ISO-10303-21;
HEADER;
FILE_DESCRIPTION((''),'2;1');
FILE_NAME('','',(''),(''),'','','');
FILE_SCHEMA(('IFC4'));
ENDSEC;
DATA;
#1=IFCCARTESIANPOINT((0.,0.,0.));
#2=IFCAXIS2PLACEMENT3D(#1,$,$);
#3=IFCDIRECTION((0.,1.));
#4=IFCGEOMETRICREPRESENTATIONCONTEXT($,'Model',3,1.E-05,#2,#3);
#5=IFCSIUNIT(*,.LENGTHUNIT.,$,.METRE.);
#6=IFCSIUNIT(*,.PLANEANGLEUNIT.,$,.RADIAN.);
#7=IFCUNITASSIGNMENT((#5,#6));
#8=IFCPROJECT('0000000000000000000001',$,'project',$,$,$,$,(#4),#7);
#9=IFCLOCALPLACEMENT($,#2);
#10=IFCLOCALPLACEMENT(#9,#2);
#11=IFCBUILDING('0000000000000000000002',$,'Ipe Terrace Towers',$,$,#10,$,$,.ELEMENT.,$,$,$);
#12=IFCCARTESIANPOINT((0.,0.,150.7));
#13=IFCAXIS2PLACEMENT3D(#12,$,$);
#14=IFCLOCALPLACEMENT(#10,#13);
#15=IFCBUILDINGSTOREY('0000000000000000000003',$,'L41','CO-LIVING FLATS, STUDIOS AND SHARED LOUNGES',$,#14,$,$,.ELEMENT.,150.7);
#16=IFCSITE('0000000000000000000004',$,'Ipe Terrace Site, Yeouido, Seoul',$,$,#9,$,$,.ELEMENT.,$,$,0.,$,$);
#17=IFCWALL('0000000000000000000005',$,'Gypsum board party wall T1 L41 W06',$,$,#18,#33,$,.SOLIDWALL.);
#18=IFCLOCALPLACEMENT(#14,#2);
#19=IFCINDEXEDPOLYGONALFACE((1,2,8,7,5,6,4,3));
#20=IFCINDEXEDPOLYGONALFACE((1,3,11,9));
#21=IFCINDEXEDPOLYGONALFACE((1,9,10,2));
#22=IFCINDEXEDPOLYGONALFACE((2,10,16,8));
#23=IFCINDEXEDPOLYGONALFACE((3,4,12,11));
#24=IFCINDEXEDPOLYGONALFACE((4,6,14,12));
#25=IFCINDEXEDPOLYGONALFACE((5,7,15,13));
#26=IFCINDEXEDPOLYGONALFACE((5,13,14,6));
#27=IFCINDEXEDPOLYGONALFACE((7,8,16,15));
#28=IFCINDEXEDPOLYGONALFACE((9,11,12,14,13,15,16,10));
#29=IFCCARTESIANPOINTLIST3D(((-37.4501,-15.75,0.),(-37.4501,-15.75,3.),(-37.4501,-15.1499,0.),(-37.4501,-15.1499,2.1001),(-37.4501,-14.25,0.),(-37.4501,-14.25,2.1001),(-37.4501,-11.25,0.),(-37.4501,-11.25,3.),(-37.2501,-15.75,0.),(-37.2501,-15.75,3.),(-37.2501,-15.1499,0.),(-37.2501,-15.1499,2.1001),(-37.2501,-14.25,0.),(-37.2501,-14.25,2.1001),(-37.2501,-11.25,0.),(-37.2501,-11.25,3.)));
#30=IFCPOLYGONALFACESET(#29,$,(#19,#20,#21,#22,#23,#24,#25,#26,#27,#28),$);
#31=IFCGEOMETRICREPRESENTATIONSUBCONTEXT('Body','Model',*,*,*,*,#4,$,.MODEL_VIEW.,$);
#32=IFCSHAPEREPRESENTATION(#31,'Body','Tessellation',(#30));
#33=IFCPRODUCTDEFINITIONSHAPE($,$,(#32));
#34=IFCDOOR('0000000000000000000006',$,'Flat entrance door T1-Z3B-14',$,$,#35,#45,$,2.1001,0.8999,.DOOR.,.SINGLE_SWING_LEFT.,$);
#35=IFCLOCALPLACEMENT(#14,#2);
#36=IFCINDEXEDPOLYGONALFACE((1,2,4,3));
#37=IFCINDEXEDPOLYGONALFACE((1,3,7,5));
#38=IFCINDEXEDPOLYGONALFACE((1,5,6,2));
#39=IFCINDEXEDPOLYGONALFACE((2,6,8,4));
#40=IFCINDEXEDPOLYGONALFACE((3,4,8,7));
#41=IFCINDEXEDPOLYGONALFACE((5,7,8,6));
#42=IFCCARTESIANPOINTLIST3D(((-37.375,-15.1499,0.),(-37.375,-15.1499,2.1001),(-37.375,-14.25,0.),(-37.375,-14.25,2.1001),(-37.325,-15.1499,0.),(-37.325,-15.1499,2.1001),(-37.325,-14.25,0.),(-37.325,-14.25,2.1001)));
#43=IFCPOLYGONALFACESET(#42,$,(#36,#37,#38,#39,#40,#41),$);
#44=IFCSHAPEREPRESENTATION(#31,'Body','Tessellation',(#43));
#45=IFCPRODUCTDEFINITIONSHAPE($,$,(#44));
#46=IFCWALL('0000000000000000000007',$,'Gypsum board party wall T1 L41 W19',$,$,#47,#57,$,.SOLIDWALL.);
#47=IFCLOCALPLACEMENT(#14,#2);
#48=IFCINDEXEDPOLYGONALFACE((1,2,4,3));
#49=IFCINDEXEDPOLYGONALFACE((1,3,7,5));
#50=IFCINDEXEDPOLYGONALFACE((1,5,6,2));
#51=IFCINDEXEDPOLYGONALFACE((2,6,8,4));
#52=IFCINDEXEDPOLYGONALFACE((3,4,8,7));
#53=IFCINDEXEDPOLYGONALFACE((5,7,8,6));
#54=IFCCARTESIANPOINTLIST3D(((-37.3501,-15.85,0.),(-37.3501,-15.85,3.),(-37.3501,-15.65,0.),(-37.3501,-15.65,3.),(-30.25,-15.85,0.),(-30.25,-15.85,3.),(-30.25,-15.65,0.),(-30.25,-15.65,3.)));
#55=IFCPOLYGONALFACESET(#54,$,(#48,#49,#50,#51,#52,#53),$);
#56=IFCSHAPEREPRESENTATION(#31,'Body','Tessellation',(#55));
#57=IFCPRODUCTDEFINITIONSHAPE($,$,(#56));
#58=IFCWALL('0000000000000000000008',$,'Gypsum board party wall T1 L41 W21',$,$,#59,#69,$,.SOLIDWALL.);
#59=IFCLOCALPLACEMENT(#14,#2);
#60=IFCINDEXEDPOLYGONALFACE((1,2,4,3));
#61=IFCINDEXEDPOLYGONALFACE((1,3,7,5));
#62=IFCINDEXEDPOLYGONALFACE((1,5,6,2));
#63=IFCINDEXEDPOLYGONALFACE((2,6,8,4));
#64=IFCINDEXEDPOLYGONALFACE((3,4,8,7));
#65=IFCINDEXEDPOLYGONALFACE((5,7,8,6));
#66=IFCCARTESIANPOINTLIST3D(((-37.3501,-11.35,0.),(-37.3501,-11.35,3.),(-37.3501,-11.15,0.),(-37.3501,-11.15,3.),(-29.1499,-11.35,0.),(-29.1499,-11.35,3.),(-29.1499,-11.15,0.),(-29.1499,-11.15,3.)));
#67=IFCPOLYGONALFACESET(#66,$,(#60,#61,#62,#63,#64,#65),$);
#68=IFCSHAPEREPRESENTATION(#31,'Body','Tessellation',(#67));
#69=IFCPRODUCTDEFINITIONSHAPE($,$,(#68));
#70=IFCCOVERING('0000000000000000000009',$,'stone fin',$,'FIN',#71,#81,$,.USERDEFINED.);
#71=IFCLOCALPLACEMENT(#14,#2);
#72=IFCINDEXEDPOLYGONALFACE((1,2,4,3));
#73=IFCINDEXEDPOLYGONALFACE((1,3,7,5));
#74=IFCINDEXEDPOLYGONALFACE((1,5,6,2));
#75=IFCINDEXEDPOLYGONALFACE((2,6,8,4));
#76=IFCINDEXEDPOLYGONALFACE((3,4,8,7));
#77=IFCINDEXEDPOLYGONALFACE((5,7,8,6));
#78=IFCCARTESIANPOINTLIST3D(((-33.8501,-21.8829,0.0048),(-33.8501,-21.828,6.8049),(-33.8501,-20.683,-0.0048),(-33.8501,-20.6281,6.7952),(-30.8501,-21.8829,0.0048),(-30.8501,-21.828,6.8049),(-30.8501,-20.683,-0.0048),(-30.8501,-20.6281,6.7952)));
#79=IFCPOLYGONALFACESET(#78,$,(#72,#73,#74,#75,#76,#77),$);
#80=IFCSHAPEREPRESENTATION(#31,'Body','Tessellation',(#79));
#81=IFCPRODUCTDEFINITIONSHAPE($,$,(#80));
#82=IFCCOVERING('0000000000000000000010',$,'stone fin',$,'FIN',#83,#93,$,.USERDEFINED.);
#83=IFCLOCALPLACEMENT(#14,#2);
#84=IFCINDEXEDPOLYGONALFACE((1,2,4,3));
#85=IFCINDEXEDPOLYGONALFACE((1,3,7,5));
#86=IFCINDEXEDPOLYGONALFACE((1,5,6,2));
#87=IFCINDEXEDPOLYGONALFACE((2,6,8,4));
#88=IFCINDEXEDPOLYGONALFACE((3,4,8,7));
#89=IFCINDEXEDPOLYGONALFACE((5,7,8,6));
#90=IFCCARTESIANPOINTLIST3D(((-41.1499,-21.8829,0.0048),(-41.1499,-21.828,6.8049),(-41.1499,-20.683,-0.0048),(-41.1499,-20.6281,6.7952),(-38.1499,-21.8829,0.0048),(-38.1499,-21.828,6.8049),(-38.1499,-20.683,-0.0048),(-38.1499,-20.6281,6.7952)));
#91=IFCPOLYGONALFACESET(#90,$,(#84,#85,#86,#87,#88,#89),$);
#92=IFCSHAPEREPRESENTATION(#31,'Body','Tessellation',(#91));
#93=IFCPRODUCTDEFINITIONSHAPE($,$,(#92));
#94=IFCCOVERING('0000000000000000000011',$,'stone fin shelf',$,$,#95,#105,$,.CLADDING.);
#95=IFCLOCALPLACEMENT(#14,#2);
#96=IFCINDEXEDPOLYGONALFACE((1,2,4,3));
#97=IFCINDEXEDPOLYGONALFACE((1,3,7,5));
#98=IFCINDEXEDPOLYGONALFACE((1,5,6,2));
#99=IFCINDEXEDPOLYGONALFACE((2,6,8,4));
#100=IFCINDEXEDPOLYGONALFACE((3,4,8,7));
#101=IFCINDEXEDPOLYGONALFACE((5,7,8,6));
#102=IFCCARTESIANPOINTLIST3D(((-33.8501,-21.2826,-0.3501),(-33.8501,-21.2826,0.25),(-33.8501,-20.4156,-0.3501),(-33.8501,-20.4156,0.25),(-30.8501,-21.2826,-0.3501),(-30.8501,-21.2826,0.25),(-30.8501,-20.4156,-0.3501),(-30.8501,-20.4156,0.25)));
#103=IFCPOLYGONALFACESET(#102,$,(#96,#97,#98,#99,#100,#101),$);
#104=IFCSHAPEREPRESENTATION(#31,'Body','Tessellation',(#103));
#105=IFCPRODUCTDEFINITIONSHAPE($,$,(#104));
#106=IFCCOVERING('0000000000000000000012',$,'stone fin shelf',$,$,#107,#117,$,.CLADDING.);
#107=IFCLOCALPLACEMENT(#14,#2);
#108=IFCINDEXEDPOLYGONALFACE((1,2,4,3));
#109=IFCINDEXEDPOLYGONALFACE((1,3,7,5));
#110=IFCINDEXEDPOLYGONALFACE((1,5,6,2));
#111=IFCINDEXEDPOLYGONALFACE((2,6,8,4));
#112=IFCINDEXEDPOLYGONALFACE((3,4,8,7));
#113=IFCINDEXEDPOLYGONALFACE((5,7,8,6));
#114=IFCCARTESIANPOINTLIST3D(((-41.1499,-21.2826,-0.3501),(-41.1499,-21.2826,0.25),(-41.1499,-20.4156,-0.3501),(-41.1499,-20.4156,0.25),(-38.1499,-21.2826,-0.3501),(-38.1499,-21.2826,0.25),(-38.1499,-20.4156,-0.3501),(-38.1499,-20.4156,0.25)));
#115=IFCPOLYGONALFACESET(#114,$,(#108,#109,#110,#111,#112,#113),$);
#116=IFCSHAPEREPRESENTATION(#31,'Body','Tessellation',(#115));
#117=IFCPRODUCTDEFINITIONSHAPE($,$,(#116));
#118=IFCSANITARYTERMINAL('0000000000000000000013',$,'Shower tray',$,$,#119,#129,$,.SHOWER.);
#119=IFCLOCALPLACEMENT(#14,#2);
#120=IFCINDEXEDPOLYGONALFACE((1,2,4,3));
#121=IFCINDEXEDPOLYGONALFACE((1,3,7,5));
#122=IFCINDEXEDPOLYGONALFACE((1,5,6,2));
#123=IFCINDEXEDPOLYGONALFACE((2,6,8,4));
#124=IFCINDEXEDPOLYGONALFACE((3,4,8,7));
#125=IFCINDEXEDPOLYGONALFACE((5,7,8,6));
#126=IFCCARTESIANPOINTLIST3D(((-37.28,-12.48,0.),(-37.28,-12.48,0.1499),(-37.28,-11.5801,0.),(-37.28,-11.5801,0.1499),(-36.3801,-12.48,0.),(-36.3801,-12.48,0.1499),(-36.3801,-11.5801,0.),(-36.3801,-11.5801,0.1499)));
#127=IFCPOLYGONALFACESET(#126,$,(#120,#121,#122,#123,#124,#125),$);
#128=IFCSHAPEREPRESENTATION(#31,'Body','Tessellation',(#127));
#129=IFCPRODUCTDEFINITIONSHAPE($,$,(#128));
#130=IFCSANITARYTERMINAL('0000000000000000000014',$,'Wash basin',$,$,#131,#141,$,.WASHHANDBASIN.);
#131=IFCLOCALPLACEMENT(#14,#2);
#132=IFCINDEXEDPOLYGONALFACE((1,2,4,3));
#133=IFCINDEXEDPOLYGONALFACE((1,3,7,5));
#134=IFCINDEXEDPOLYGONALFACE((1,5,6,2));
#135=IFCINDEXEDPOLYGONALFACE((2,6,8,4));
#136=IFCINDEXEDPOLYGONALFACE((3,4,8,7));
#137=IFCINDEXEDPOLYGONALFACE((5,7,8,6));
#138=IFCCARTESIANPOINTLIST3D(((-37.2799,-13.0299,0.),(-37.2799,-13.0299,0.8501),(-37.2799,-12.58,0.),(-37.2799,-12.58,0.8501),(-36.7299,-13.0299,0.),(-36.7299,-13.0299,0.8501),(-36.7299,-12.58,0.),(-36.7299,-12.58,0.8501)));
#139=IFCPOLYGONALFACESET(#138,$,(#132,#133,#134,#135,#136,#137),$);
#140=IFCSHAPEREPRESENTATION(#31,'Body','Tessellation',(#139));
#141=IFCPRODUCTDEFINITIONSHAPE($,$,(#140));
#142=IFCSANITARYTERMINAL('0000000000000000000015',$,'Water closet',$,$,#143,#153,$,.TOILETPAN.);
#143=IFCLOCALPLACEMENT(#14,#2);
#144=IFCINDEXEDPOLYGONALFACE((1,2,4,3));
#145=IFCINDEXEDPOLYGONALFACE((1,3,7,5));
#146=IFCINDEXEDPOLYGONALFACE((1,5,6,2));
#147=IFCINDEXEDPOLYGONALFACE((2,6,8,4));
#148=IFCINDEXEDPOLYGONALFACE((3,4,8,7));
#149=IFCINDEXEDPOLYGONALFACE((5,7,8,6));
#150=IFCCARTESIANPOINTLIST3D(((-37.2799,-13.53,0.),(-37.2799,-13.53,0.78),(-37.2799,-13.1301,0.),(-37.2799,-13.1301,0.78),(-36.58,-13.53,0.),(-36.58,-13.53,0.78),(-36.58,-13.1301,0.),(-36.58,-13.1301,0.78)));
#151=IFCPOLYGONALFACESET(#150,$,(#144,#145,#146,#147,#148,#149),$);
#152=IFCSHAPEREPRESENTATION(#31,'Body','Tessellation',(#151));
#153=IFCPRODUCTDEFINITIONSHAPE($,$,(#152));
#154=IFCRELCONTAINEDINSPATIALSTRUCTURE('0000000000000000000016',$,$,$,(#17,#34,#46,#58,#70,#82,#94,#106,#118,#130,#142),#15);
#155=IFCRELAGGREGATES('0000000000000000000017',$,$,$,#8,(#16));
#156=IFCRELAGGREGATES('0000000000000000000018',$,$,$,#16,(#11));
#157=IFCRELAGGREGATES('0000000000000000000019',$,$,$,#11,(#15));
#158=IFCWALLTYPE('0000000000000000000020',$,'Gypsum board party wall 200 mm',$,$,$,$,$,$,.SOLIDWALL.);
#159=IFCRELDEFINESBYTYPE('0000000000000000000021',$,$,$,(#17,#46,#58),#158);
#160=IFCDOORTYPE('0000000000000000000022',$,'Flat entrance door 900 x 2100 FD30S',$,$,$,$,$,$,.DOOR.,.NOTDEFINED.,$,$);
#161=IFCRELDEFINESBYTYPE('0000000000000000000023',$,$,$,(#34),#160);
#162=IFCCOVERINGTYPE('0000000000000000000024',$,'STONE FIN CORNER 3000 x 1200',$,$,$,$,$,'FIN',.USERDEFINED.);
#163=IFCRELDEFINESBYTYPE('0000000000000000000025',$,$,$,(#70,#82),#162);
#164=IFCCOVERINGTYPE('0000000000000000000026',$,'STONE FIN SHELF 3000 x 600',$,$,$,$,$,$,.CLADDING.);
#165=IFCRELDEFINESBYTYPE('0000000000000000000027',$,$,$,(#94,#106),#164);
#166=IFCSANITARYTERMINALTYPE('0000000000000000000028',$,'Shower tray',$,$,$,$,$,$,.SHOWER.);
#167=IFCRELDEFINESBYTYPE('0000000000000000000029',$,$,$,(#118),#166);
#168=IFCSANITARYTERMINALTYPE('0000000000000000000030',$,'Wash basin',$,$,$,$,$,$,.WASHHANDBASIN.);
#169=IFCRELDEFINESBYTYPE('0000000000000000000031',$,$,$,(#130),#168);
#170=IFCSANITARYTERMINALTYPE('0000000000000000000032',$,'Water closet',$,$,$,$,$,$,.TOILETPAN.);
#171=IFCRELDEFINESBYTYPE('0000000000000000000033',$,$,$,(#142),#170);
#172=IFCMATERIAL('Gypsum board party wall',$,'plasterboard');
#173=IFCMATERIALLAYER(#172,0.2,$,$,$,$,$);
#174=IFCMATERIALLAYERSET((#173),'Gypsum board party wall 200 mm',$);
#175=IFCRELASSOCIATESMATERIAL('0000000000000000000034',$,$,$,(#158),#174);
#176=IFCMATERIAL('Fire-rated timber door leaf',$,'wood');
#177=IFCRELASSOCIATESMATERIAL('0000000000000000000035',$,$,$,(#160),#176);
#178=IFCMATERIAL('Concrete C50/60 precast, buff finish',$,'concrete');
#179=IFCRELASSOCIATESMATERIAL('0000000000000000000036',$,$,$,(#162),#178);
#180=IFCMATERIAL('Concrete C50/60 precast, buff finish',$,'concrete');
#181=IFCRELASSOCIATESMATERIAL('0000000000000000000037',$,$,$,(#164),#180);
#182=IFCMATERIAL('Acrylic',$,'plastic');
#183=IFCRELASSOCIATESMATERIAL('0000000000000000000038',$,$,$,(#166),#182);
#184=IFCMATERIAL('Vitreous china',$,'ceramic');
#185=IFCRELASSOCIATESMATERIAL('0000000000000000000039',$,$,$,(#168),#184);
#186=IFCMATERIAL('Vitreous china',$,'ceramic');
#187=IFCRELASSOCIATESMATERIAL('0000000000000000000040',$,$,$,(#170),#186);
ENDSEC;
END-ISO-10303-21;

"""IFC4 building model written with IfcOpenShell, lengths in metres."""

from ifc_helpers import new_model, si_unit, direction, frame, frame_2d, origin, origin_2d, place, context, subcontext, project, spatial, rectangle, extrude, material, layer, layer_set, material_profile, profile_set, type_object, element, fill, save


model = new_model("IFC4")

# Units and contexts
model_context = context("Model", 3, precision=1e-05, world=origin(), true_north=direction((0.0, 1.0)))
body_context = subcontext(model_context, "Body", "Model", "MODEL_VIEW")
ifc_project = project(units=[si_unit("LENGTHUNIT", "METRE"), si_unit("PLANEANGLEUNIT", "RADIAN")], contexts=[model_context])

# Site, building, storey
site_placement = place(None, origin())
site = spatial("IfcSite", under=ifc_project, at=site_placement, Name="Ipe Terrace Site, Yeouido, Seoul", CompositionType="ELEMENT", RefElevation=0.0)
building_placement = place(site_placement, origin())
building = spatial("IfcBuilding", under=site, at=building_placement, Name="Ipe Terrace Towers", CompositionType="ELEMENT")
storey_placement = place(building_placement, frame((0.0, 0.0, 150.7)))
storey = spatial("IfcBuildingStorey", under=building, at=storey_placement, Name="L41", Description="CO-LIVING FLATS, STUDIOS AND SHARED LOUNGES", CompositionType="ELEMENT", Elevation=150.7)

# Wall, opening, door
ifc_material_1 = material(Name="Gypsum board party wall", Category="plasterboard")
ifc_layer_1 = layer(ifc_material_1, 0.2)
ifc_layer_set_1 = layer_set([ifc_layer_1], Name="Gypsum board party wall 200 mm")
wall_type_1 = type_object("IfcWallType", Name="Gypsum board party wall 200 mm", PredefinedType="SOLIDWALL", material=ifc_layer_set_1)
wall_1_placement = place(storey_placement, frame((-37.3501, -15.75, 0.0), z_axis=(0.0, 0.0, 1.0), x_axis=(0.0, 1.0, 0.0)))
wall_1 = element("IfcWall", 1, at=wall_1_placement, inside=storey, type_object=wall_type_1, Name="Gypsum board party wall T1 L41 W06", PredefinedType="SOLIDWALL", context=body_context, shape_type="SweptSolid", body=[
    extrude(rectangle(XDim=4.5, YDim=0.2, at=frame_2d((2.25, 0.0))), origin(), (0.0, 0.0, 1.0), 3.0),
])
opening_1_placement = place(wall_1_placement, frame((0.6001, 0.0, 0.0)))
opening_1 = element("IfcOpeningElement", 2, at=opening_1_placement, cuts=wall_1, PredefinedType="OPENING", context=body_context, shape_type="SweptSolid", body=[
    extrude(rectangle(XDim=0.8999, YDim=2.1001, at=frame_2d((0.45, 1.05))), frame((0.0, 0.1099, 0.0), z_axis=(0.0, -1.0, 0.0), x_axis=(1.0, 0.0, 0.0)), (0.0, 0.0, 1.0), 0.22),
])
ifc_material_2 = material(Name="Fire-rated timber door leaf", Category="wood")
door_type_1 = type_object("IfcDoorType", Name="Flat entrance door 900 x 2100 FD30S", OperationType="NOTDEFINED", PredefinedType="DOOR", material=ifc_material_2)
door_1_placement = place(opening_1_placement, origin())
door_1 = element("IfcDoor", 3, at=door_1_placement, inside=storey, type_object=door_type_1, Name="Flat entrance door T1-Z3B-14", OperationType="SINGLE_SWING_LEFT", OverallHeight=2.1001, OverallWidth=0.8999, PredefinedType="DOOR", context=body_context, shape_type="SweptSolid", body=[
    extrude(rectangle(XDim=0.8999, YDim=2.1001, at=frame_2d((0.45, 1.05))), frame((0.0, 0.0249, 0.0), z_axis=(0.0, -1.0, 0.0), x_axis=(1.0, 0.0, 0.0)), (0.0, 0.0, 1.0), 0.05),
])
fill(opening_1, door_1)

# Walls
wall_2_placement = place(storey_placement, frame((-37.3501, -15.75, 0.0), z_axis=(0.0, 0.0, 1.0), x_axis=(1.0, 0.0, 0.0)))
element("IfcWall", 4, at=wall_2_placement, inside=storey, type_object=wall_type_1, Name="Gypsum board party wall T1 L41 W19", PredefinedType="SOLIDWALL", context=body_context, shape_type="SweptSolid", body=[
    extrude(rectangle(XDim=7.1001, YDim=0.2, at=frame_2d((3.55, 0.0))), origin(), (0.0, 0.0, 1.0), 3.0),
])
wall_3_placement = place(storey_placement, frame((-37.3501, -11.25, 0.0), z_axis=(0.0, 0.0, 1.0), x_axis=(1.0, 0.0, 0.0)))
element("IfcWall", 5, at=wall_3_placement, inside=storey, type_object=wall_type_1, Name="Gypsum board party wall T1 L41 W21", PredefinedType="SOLIDWALL", context=body_context, shape_type="SweptSolid", body=[
    extrude(rectangle(XDim=8.2002, YDim=0.2, at=frame_2d((4.1001, 0.0))), origin(), (0.0, 0.0, 1.0), 3.0),
])

# Coverings
ifc_material_3 = material(Name="Concrete C50/60 precast, buff finish", Category="concrete")
ifc_material_profile_1 = material_profile(ifc_material_3, rectangle(XDim=3.0, YDim=1.2, at=origin_2d()), Name="STONE FIN CORNER 3000 x 1200")
ifc_profile_set_1 = profile_set([ifc_material_profile_1], Name="Concrete C50/60 precast, buff finish")
covering_type_1 = type_object("IfcCoveringType", Name="STONE FIN CORNER 3000 x 1200", ElementType="FIN", PredefinedType="USERDEFINED", material=ifc_profile_set_1)
for number, where, z_axis, x_axis, name in (
    (6, (-32.3501, -21.283, 0.0), (0.0, 0.008078, 0.999967), (1.0, 0.0, 0.0), "stone fin"),
    (7, (-39.6499, -21.283, 0.0), (0.0, 0.008078, 0.999967), (1.0, 0.0, 0.0), "stone fin"),
):
    element("IfcCovering", number, at=place(storey_placement, frame(where, z_axis=z_axis, x_axis=x_axis)), inside=storey, type_object=covering_type_1, Name=name, ObjectType="FIN", PredefinedType="USERDEFINED", context=body_context, shape_type="SweptSolid", body=[
        extrude(rectangle(XDim=3.0, YDim=1.2, at=origin_2d()), origin(), (0.0, 0.0, 1.0), 6.8003),
    ])
ifc_material_4 = material(Name="Concrete C50/60 precast, buff finish", Category="concrete")
covering_type_2 = type_object("IfcCoveringType", Name="STONE FIN SHELF 3000 x 600", PredefinedType="CLADDING", material=ifc_material_4)
for number, where, z_axis, x_axis, name in (
    (8, (-32.3501, -20.8491, -0.3501), (0.0, 0.0, 1.0), (1.0, 0.0, 0.0), "stone fin shelf"),
    (9, (-39.6499, -20.8491, -0.3501), (0.0, 0.0, 1.0), (1.0, 0.0, 0.0), "stone fin shelf"),
):
    element("IfcCovering", number, at=place(storey_placement, frame(where, z_axis=z_axis, x_axis=x_axis)), inside=storey, type_object=covering_type_2, Name=name, PredefinedType="CLADDING", context=body_context, shape_type="SweptSolid", body=[
        extrude(rectangle(XDim=3.0, YDim=0.8669, at=origin_2d()), origin(), (0.0, 0.0, 1.0), 0.6001),
    ])

# Sanitary terminals
ifc_material_5 = material(Name="Acrylic", Category="plastic")
sanitary_terminal_type_1 = type_object("IfcSanitaryTerminalType", Name="Shower tray", PredefinedType="SHOWER", material=ifc_material_5)
sanitary_terminal_1_placement = place(storey_placement, frame((-36.8301, -12.03, 0.0), z_axis=(0.0, 0.0, 1.0), x_axis=(1.0, 0.0, 0.0)))
element("IfcSanitaryTerminal", 10, at=sanitary_terminal_1_placement, inside=storey, type_object=sanitary_terminal_type_1, Name="Shower tray", PredefinedType="SHOWER", context=body_context, shape_type="SweptSolid", body=[
    extrude(rectangle(XDim=0.8999, YDim=0.8999, at=origin_2d()), origin(), (0.0, 0.0, 1.0), 0.1499),
])
ifc_material_6 = material(Name="Vitreous china", Category="ceramic")
sanitary_terminal_type_2 = type_object("IfcSanitaryTerminalType", Name="Wash basin", PredefinedType="WASHHANDBASIN", material=ifc_material_6)
sanitary_terminal_2_placement = place(storey_placement, frame((-37.0049, -12.8049, 0.0), z_axis=(0.0, 0.0, 1.0), x_axis=(1.0, 0.0, 0.0)))
element("IfcSanitaryTerminal", 11, at=sanitary_terminal_2_placement, inside=storey, type_object=sanitary_terminal_type_2, Name="Wash basin", PredefinedType="WASHHANDBASIN", context=body_context, shape_type="SweptSolid", body=[
    extrude(rectangle(XDim=0.55, YDim=0.45, at=origin_2d()), origin(), (0.0, 0.0, 1.0), 0.8501),
])
ifc_material_7 = material(Name="Vitreous china", Category="ceramic")
sanitary_terminal_type_3 = type_object("IfcSanitaryTerminalType", Name="Water closet", PredefinedType="TOILETPAN", material=ifc_material_7)
sanitary_terminal_3_placement = place(storey_placement, frame((-36.9299, -13.3301, 0.0), z_axis=(0.0, 0.0, 1.0), x_axis=(1.0, 0.0, 0.0)))
element("IfcSanitaryTerminal", 12, at=sanitary_terminal_3_placement, inside=storey, type_object=sanitary_terminal_type_3, Name="Water closet", PredefinedType="TOILETPAN", context=body_context, shape_type="SweptSolid", body=[
    extrude(rectangle(XDim=0.7, YDim=0.3999, at=origin_2d()), origin(), (0.0, 0.0, 1.0), 0.78),
])

save(model, "model.ifc")
